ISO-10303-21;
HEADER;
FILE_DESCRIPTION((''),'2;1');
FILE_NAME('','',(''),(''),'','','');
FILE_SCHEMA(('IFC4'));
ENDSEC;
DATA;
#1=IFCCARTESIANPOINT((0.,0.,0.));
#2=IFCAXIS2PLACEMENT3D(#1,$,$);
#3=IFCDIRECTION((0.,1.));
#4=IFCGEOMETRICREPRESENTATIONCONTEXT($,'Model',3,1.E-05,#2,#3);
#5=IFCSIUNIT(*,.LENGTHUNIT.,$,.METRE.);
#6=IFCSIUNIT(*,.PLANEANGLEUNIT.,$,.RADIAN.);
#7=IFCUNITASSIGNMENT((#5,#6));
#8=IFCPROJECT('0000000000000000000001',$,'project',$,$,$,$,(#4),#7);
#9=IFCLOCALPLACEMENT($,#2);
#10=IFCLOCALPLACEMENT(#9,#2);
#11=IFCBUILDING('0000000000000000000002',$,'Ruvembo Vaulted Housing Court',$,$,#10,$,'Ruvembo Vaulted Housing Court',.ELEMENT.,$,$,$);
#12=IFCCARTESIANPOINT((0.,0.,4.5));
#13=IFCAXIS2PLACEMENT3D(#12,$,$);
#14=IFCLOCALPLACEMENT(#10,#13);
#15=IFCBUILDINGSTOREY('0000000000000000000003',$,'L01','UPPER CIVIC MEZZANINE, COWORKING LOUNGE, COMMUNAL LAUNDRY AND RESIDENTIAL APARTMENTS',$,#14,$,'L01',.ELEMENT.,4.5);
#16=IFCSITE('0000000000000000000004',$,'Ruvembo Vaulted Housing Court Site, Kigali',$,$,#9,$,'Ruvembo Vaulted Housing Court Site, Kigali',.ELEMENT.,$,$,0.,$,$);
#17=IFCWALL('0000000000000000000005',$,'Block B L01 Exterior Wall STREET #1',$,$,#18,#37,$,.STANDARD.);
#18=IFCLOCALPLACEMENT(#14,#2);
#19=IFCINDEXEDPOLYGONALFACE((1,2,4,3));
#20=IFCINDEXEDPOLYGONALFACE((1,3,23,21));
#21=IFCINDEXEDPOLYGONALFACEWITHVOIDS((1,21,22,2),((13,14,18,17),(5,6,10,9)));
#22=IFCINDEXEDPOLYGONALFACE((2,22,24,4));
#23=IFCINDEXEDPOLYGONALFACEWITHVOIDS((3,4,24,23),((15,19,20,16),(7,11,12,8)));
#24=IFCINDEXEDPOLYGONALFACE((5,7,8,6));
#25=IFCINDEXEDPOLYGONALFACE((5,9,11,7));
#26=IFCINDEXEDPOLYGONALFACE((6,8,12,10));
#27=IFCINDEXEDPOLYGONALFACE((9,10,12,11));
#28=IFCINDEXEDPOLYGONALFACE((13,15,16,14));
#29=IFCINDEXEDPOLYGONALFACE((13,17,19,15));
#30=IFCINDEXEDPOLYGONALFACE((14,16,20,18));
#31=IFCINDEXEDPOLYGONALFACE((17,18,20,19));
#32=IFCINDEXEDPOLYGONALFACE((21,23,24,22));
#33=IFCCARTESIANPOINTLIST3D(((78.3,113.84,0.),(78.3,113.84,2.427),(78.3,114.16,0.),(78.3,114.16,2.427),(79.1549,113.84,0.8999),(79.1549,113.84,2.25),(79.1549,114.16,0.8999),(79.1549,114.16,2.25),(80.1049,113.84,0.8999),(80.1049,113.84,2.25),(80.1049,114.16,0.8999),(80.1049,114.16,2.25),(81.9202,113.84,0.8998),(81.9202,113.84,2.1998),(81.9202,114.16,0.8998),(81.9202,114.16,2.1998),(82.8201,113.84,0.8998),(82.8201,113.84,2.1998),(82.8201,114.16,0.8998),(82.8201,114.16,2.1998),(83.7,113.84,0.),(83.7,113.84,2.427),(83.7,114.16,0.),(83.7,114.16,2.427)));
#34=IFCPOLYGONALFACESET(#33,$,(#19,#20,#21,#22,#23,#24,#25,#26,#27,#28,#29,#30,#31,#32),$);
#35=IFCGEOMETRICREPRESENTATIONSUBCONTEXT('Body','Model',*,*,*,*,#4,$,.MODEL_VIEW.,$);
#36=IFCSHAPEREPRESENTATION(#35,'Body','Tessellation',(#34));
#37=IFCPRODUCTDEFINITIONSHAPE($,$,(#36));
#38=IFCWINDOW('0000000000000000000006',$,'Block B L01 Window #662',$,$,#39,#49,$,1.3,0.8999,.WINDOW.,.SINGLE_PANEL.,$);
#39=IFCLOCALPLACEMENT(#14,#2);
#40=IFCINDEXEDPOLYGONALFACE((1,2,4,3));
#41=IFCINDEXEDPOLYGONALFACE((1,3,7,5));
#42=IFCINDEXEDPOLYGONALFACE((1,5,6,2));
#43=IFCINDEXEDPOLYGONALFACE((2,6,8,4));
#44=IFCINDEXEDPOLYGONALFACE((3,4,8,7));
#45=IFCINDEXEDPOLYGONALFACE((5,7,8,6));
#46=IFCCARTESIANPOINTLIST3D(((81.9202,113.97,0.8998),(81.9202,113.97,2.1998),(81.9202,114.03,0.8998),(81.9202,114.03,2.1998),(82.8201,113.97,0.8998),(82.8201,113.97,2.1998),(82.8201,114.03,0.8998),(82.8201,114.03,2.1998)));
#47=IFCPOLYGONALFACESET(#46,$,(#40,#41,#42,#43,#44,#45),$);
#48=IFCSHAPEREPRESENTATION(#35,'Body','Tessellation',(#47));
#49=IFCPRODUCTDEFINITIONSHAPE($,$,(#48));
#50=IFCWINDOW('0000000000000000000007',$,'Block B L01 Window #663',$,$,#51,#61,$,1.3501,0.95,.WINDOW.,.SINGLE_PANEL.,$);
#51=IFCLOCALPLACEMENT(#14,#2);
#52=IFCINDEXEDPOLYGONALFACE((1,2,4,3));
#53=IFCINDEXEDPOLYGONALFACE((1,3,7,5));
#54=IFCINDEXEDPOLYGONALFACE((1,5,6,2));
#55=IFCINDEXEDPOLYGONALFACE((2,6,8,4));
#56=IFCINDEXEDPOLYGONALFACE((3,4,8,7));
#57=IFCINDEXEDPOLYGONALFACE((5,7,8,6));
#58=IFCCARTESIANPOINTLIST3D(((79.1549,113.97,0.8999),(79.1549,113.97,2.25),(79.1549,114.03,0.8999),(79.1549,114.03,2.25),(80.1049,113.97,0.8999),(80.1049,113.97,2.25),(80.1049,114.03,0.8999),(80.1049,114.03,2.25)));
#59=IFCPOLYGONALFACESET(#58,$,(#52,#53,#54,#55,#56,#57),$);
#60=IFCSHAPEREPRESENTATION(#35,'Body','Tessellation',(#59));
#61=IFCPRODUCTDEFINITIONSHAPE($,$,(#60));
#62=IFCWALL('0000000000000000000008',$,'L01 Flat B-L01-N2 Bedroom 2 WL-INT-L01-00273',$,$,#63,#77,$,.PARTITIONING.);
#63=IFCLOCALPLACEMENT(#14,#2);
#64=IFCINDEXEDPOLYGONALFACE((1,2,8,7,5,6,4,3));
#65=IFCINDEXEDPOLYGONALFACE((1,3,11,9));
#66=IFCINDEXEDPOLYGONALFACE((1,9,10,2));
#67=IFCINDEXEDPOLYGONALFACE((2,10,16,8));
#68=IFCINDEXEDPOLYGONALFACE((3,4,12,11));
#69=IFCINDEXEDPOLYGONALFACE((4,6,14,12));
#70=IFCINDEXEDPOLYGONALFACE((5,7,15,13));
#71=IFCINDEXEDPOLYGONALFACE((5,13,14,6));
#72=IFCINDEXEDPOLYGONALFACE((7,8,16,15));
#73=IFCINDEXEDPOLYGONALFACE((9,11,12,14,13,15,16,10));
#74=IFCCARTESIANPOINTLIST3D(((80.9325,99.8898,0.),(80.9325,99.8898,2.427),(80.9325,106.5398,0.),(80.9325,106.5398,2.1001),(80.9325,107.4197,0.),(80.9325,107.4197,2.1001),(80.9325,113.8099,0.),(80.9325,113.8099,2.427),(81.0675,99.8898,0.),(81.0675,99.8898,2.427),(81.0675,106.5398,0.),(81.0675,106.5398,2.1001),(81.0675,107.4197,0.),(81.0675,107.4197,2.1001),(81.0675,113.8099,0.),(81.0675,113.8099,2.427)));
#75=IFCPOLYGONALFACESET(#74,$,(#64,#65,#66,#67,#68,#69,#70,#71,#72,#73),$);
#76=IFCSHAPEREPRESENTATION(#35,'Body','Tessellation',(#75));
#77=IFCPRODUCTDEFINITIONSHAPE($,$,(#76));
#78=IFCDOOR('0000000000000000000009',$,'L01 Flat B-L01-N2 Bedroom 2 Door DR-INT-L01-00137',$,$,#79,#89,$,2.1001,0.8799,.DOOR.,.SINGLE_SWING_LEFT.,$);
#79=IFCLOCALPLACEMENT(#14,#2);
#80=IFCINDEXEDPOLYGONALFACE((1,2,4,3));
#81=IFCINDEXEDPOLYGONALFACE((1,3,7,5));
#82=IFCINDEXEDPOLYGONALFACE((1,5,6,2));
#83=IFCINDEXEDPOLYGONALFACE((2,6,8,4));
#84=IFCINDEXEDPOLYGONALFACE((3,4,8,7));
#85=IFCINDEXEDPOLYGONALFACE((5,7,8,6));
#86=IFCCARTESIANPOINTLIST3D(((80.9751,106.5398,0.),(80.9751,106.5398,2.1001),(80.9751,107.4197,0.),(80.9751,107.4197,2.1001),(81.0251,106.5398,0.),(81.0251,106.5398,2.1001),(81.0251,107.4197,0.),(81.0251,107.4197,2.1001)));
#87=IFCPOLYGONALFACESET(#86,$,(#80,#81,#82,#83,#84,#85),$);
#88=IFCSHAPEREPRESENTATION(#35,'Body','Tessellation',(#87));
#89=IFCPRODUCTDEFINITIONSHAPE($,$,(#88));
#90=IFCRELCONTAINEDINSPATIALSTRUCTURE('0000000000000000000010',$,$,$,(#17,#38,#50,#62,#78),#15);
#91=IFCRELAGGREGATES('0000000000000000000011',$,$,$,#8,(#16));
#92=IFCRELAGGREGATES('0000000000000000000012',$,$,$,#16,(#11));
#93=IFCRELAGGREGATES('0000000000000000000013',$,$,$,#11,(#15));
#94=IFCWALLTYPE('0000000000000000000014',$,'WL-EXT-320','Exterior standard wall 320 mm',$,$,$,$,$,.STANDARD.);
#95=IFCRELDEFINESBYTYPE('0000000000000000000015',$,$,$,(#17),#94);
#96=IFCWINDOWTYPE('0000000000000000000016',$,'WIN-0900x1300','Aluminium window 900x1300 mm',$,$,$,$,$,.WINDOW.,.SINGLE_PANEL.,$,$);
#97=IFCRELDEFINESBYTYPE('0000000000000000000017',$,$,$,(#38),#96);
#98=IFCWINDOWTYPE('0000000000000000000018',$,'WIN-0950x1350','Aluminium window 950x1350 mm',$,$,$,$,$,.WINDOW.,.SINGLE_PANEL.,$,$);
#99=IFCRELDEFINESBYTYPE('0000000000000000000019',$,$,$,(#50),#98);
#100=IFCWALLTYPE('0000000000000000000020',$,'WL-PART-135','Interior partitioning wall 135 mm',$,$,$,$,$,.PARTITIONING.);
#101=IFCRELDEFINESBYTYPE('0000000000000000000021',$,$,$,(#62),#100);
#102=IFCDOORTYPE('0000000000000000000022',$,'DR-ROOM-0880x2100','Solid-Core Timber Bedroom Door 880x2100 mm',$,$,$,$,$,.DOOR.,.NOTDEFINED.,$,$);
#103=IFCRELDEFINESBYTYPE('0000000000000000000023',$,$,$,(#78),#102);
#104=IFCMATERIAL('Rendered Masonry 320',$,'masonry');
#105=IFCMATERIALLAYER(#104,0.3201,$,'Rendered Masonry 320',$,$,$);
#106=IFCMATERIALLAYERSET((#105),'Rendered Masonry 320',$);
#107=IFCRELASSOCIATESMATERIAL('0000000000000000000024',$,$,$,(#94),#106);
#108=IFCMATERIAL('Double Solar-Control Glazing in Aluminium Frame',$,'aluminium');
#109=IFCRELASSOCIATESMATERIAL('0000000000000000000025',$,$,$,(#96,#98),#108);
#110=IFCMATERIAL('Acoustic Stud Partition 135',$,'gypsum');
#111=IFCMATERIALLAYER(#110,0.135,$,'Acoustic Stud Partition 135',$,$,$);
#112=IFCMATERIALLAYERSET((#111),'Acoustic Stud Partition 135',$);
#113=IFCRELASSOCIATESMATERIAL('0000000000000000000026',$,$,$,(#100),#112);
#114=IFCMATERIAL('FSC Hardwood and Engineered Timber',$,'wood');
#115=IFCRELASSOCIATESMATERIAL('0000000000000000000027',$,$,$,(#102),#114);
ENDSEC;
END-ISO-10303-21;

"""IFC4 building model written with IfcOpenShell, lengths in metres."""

from ifc_helpers import new_model, si_unit, direction, frame, frame_2d, origin, place, context, subcontext, project, spatial, rectangle, extrude, material, layer, layer_set, type_object, element, fill, save


model = new_model("IFC4")

# Units and contexts
model_context = context("Model", 3, precision=1e-05, world=origin(), true_north=direction((0.0, 1.0)))
body_context = subcontext(model_context, "Body", "Model", "MODEL_VIEW")
ifc_project = project(units=[si_unit("LENGTHUNIT", "METRE"), si_unit("PLANEANGLEUNIT", "RADIAN")], contexts=[model_context])

# Site, building, storey
site_placement = place(None, origin())
site = spatial("IfcSite", under=ifc_project, at=site_placement, Name="Ruvembo Vaulted Housing Court Site, Kigali", LongName="Ruvembo Vaulted Housing Court Site, Kigali", CompositionType="ELEMENT", RefElevation=0.0)
building_placement = place(site_placement, origin())
building = spatial("IfcBuilding", under=site, at=building_placement, Name="Ruvembo Vaulted Housing Court", LongName="Ruvembo Vaulted Housing Court", CompositionType="ELEMENT")
storey_placement = place(building_placement, frame((0.0, 0.0, 4.5)))
storey = spatial("IfcBuildingStorey", under=building, at=storey_placement, Name="L01", Description="UPPER CIVIC MEZZANINE, COWORKING LOUNGE, COMMUNAL LAUNDRY AND RESIDENTIAL APARTMENTS", LongName="L01", CompositionType="ELEMENT", Elevation=4.5)

# Wall, openings, windows
ifc_material_1 = material(Name="Rendered Masonry 320", Category="masonry")
ifc_layer_1 = layer(ifc_material_1, 0.3201, Name="Rendered Masonry 320")
ifc_layer_set_1 = layer_set([ifc_layer_1], Name="Rendered Masonry 320")
wall_type_1 = type_object("IfcWallType", Name="WL-EXT-320", Description="Exterior standard wall 320 mm", PredefinedType="STANDARD", material=ifc_layer_set_1)
ifc_material_2 = material(Name="Double Solar-Control Glazing in Aluminium Frame", Category="aluminium")
wall_1_placement = place(storey_placement, frame((83.7, 114.0, 0.0), z_axis=(0.0, 0.0, 1.0), x_axis=(-1.0, 0.0, 0.0)))
wall_1 = element("IfcWall", 1, at=wall_1_placement, inside=storey, type_object=wall_type_1, Name="Block B L01 Exterior Wall STREET #1", PredefinedType="STANDARD", context=body_context, shape_type="SweptSolid", body=[
    extrude(rectangle(XDim=5.3999, YDim=0.3201, at=frame_2d((2.7, 0.0))), origin(), (0.0, 0.0, 1.0), 2.427),
])
opening_1_placement = place(wall_1_placement, frame((0.8799, 0.0, 0.8999)))
opening_1 = element("IfcOpeningElement", 2, at=opening_1_placement, cuts=wall_1, PredefinedType="OPENING", context=body_context, shape_type="SweptSolid", body=[
    extrude(rectangle(XDim=0.8999, YDim=1.3, at=frame_2d((0.45, 0.6499))), frame((0.0, 0.1699, 0.0), z_axis=(0.0, -1.0, 0.0), x_axis=(1.0, 0.0, 0.0)), (0.0, 0.0, 1.0), 0.3401),
])
opening_2_placement = place(wall_1_placement, frame((3.595, 0.0, 0.8999)))
opening_2 = element("IfcOpeningElement", 3, at=opening_2_placement, cuts=wall_1, PredefinedType="OPENING", context=body_context, shape_type="SweptSolid", body=[
    extrude(rectangle(XDim=0.95, YDim=1.3501, at=frame_2d((0.4751, 0.675))), frame((0.0, 0.1699, 0.0), z_axis=(0.0, -1.0, 0.0), x_axis=(1.0, 0.0, 0.0)), (0.0, 0.0, 1.0), 0.3401),
])
window_type_1 = type_object("IfcWindowType", Name="WIN-0900x1300", Description="Aluminium window 900x1300 mm", PartitioningType="SINGLE_PANEL", PredefinedType="WINDOW", material=ifc_material_2)
window_1_placement = place(opening_1_placement, origin())
window_1 = element("IfcWindow", 4, at=window_1_placement, inside=storey, type_object=window_type_1, Name="Block B L01 Window #662", OverallHeight=1.3, OverallWidth=0.8999, PartitioningType="SINGLE_PANEL", PredefinedType="WINDOW", context=body_context, shape_type="SweptSolid", body=[
    extrude(rectangle(XDim=0.8999, YDim=1.3, at=frame_2d((0.45, 0.6499))), frame((0.0, 0.03, 0.0), z_axis=(0.0, -1.0, 0.0), x_axis=(1.0, 0.0, 0.0)), (0.0, 0.0, 1.0), 0.0601),
])
fill(opening_1, window_1)
window_type_2 = type_object("IfcWindowType", Name="WIN-0950x1350", Description="Aluminium window 950x1350 mm", PartitioningType="SINGLE_PANEL", PredefinedType="WINDOW", material=ifc_material_2)
window_2_placement = place(opening_2_placement, origin())
window_2 = element("IfcWindow", 5, at=window_2_placement, inside=storey, type_object=window_type_2, Name="Block B L01 Window #663", OverallHeight=1.3501, OverallWidth=0.95, PartitioningType="SINGLE_PANEL", PredefinedType="WINDOW", context=body_context, shape_type="SweptSolid", body=[
    extrude(rectangle(XDim=0.95, YDim=1.3501, at=frame_2d((0.4751, 0.675))), frame((0.0, 0.03, 0.0), z_axis=(0.0, -1.0, 0.0), x_axis=(1.0, 0.0, 0.0)), (0.0, 0.0, 1.0), 0.0601),
])
fill(opening_2, window_2)

# Wall, opening, door
ifc_material_3 = material(Name="Acoustic Stud Partition 135", Category="gypsum")
ifc_layer_2 = layer(ifc_material_3, 0.135, Name="Acoustic Stud Partition 135")
ifc_layer_set_2 = layer_set([ifc_layer_2], Name="Acoustic Stud Partition 135")
wall_type_2 = type_object("IfcWallType", Name="WL-PART-135", Description="Interior partitioning wall 135 mm", PredefinedType="PARTITIONING", material=ifc_layer_set_2)
wall_2_placement = place(storey_placement, frame((81.0, 99.8899, 0.0), z_axis=(0.0, 0.0, 1.0), x_axis=(0.0, 1.0, 0.0)))
wall_2 = element("IfcWall", 6, at=wall_2_placement, inside=storey, type_object=wall_type_2, Name="L01 Flat B-L01-N2 Bedroom 2 WL-INT-L01-00273", PredefinedType="PARTITIONING", context=body_context, shape_type="SweptSolid", body=[
    extrude(rectangle(XDim=13.9202, YDim=0.135, at=frame_2d((6.96, 0.0))), origin(), (0.0, 0.0, 1.0), 2.427),
])
opening_3_placement = place(wall_2_placement, frame((6.6499, 0.0, 0.0)))
opening_3 = element("IfcOpeningElement", 7, at=opening_3_placement, cuts=wall_2, PredefinedType="OPENING", context=body_context, shape_type="SweptSolid", body=[
    extrude(rectangle(XDim=0.8799, YDim=2.1001, at=frame_2d((0.4399, 1.05))), frame((0.0, 0.0774, 0.0), z_axis=(0.0, -1.0, 0.0), x_axis=(1.0, 0.0, 0.0)), (0.0, 0.0, 1.0), 0.155),
])
ifc_material_4 = material(Name="FSC Hardwood and Engineered Timber", Category="wood")
door_type = type_object("IfcDoorType", Name="DR-ROOM-0880x2100", Description="Solid-Core Timber Bedroom Door 880x2100 mm", OperationType="NOTDEFINED", PredefinedType="DOOR", material=ifc_material_4)
door_placement = place(opening_3_placement, origin())
door = element("IfcDoor", 8, at=door_placement, inside=storey, type_object=door_type, Name="L01 Flat B-L01-N2 Bedroom 2 Door DR-INT-L01-00137", OperationType="SINGLE_SWING_LEFT", OverallHeight=2.1001, OverallWidth=0.8799, PredefinedType="DOOR", context=body_context, shape_type="SweptSolid", body=[
    extrude(rectangle(XDim=0.8799, YDim=2.1001, at=frame_2d((0.4399, 1.05))), frame((0.0, 0.0249, 0.0), z_axis=(0.0, -1.0, 0.0), x_axis=(1.0, 0.0, 0.0)), (0.0, 0.0, 1.0), 0.05),
])
fill(opening_3, door)

save(model, "model.ifc")
